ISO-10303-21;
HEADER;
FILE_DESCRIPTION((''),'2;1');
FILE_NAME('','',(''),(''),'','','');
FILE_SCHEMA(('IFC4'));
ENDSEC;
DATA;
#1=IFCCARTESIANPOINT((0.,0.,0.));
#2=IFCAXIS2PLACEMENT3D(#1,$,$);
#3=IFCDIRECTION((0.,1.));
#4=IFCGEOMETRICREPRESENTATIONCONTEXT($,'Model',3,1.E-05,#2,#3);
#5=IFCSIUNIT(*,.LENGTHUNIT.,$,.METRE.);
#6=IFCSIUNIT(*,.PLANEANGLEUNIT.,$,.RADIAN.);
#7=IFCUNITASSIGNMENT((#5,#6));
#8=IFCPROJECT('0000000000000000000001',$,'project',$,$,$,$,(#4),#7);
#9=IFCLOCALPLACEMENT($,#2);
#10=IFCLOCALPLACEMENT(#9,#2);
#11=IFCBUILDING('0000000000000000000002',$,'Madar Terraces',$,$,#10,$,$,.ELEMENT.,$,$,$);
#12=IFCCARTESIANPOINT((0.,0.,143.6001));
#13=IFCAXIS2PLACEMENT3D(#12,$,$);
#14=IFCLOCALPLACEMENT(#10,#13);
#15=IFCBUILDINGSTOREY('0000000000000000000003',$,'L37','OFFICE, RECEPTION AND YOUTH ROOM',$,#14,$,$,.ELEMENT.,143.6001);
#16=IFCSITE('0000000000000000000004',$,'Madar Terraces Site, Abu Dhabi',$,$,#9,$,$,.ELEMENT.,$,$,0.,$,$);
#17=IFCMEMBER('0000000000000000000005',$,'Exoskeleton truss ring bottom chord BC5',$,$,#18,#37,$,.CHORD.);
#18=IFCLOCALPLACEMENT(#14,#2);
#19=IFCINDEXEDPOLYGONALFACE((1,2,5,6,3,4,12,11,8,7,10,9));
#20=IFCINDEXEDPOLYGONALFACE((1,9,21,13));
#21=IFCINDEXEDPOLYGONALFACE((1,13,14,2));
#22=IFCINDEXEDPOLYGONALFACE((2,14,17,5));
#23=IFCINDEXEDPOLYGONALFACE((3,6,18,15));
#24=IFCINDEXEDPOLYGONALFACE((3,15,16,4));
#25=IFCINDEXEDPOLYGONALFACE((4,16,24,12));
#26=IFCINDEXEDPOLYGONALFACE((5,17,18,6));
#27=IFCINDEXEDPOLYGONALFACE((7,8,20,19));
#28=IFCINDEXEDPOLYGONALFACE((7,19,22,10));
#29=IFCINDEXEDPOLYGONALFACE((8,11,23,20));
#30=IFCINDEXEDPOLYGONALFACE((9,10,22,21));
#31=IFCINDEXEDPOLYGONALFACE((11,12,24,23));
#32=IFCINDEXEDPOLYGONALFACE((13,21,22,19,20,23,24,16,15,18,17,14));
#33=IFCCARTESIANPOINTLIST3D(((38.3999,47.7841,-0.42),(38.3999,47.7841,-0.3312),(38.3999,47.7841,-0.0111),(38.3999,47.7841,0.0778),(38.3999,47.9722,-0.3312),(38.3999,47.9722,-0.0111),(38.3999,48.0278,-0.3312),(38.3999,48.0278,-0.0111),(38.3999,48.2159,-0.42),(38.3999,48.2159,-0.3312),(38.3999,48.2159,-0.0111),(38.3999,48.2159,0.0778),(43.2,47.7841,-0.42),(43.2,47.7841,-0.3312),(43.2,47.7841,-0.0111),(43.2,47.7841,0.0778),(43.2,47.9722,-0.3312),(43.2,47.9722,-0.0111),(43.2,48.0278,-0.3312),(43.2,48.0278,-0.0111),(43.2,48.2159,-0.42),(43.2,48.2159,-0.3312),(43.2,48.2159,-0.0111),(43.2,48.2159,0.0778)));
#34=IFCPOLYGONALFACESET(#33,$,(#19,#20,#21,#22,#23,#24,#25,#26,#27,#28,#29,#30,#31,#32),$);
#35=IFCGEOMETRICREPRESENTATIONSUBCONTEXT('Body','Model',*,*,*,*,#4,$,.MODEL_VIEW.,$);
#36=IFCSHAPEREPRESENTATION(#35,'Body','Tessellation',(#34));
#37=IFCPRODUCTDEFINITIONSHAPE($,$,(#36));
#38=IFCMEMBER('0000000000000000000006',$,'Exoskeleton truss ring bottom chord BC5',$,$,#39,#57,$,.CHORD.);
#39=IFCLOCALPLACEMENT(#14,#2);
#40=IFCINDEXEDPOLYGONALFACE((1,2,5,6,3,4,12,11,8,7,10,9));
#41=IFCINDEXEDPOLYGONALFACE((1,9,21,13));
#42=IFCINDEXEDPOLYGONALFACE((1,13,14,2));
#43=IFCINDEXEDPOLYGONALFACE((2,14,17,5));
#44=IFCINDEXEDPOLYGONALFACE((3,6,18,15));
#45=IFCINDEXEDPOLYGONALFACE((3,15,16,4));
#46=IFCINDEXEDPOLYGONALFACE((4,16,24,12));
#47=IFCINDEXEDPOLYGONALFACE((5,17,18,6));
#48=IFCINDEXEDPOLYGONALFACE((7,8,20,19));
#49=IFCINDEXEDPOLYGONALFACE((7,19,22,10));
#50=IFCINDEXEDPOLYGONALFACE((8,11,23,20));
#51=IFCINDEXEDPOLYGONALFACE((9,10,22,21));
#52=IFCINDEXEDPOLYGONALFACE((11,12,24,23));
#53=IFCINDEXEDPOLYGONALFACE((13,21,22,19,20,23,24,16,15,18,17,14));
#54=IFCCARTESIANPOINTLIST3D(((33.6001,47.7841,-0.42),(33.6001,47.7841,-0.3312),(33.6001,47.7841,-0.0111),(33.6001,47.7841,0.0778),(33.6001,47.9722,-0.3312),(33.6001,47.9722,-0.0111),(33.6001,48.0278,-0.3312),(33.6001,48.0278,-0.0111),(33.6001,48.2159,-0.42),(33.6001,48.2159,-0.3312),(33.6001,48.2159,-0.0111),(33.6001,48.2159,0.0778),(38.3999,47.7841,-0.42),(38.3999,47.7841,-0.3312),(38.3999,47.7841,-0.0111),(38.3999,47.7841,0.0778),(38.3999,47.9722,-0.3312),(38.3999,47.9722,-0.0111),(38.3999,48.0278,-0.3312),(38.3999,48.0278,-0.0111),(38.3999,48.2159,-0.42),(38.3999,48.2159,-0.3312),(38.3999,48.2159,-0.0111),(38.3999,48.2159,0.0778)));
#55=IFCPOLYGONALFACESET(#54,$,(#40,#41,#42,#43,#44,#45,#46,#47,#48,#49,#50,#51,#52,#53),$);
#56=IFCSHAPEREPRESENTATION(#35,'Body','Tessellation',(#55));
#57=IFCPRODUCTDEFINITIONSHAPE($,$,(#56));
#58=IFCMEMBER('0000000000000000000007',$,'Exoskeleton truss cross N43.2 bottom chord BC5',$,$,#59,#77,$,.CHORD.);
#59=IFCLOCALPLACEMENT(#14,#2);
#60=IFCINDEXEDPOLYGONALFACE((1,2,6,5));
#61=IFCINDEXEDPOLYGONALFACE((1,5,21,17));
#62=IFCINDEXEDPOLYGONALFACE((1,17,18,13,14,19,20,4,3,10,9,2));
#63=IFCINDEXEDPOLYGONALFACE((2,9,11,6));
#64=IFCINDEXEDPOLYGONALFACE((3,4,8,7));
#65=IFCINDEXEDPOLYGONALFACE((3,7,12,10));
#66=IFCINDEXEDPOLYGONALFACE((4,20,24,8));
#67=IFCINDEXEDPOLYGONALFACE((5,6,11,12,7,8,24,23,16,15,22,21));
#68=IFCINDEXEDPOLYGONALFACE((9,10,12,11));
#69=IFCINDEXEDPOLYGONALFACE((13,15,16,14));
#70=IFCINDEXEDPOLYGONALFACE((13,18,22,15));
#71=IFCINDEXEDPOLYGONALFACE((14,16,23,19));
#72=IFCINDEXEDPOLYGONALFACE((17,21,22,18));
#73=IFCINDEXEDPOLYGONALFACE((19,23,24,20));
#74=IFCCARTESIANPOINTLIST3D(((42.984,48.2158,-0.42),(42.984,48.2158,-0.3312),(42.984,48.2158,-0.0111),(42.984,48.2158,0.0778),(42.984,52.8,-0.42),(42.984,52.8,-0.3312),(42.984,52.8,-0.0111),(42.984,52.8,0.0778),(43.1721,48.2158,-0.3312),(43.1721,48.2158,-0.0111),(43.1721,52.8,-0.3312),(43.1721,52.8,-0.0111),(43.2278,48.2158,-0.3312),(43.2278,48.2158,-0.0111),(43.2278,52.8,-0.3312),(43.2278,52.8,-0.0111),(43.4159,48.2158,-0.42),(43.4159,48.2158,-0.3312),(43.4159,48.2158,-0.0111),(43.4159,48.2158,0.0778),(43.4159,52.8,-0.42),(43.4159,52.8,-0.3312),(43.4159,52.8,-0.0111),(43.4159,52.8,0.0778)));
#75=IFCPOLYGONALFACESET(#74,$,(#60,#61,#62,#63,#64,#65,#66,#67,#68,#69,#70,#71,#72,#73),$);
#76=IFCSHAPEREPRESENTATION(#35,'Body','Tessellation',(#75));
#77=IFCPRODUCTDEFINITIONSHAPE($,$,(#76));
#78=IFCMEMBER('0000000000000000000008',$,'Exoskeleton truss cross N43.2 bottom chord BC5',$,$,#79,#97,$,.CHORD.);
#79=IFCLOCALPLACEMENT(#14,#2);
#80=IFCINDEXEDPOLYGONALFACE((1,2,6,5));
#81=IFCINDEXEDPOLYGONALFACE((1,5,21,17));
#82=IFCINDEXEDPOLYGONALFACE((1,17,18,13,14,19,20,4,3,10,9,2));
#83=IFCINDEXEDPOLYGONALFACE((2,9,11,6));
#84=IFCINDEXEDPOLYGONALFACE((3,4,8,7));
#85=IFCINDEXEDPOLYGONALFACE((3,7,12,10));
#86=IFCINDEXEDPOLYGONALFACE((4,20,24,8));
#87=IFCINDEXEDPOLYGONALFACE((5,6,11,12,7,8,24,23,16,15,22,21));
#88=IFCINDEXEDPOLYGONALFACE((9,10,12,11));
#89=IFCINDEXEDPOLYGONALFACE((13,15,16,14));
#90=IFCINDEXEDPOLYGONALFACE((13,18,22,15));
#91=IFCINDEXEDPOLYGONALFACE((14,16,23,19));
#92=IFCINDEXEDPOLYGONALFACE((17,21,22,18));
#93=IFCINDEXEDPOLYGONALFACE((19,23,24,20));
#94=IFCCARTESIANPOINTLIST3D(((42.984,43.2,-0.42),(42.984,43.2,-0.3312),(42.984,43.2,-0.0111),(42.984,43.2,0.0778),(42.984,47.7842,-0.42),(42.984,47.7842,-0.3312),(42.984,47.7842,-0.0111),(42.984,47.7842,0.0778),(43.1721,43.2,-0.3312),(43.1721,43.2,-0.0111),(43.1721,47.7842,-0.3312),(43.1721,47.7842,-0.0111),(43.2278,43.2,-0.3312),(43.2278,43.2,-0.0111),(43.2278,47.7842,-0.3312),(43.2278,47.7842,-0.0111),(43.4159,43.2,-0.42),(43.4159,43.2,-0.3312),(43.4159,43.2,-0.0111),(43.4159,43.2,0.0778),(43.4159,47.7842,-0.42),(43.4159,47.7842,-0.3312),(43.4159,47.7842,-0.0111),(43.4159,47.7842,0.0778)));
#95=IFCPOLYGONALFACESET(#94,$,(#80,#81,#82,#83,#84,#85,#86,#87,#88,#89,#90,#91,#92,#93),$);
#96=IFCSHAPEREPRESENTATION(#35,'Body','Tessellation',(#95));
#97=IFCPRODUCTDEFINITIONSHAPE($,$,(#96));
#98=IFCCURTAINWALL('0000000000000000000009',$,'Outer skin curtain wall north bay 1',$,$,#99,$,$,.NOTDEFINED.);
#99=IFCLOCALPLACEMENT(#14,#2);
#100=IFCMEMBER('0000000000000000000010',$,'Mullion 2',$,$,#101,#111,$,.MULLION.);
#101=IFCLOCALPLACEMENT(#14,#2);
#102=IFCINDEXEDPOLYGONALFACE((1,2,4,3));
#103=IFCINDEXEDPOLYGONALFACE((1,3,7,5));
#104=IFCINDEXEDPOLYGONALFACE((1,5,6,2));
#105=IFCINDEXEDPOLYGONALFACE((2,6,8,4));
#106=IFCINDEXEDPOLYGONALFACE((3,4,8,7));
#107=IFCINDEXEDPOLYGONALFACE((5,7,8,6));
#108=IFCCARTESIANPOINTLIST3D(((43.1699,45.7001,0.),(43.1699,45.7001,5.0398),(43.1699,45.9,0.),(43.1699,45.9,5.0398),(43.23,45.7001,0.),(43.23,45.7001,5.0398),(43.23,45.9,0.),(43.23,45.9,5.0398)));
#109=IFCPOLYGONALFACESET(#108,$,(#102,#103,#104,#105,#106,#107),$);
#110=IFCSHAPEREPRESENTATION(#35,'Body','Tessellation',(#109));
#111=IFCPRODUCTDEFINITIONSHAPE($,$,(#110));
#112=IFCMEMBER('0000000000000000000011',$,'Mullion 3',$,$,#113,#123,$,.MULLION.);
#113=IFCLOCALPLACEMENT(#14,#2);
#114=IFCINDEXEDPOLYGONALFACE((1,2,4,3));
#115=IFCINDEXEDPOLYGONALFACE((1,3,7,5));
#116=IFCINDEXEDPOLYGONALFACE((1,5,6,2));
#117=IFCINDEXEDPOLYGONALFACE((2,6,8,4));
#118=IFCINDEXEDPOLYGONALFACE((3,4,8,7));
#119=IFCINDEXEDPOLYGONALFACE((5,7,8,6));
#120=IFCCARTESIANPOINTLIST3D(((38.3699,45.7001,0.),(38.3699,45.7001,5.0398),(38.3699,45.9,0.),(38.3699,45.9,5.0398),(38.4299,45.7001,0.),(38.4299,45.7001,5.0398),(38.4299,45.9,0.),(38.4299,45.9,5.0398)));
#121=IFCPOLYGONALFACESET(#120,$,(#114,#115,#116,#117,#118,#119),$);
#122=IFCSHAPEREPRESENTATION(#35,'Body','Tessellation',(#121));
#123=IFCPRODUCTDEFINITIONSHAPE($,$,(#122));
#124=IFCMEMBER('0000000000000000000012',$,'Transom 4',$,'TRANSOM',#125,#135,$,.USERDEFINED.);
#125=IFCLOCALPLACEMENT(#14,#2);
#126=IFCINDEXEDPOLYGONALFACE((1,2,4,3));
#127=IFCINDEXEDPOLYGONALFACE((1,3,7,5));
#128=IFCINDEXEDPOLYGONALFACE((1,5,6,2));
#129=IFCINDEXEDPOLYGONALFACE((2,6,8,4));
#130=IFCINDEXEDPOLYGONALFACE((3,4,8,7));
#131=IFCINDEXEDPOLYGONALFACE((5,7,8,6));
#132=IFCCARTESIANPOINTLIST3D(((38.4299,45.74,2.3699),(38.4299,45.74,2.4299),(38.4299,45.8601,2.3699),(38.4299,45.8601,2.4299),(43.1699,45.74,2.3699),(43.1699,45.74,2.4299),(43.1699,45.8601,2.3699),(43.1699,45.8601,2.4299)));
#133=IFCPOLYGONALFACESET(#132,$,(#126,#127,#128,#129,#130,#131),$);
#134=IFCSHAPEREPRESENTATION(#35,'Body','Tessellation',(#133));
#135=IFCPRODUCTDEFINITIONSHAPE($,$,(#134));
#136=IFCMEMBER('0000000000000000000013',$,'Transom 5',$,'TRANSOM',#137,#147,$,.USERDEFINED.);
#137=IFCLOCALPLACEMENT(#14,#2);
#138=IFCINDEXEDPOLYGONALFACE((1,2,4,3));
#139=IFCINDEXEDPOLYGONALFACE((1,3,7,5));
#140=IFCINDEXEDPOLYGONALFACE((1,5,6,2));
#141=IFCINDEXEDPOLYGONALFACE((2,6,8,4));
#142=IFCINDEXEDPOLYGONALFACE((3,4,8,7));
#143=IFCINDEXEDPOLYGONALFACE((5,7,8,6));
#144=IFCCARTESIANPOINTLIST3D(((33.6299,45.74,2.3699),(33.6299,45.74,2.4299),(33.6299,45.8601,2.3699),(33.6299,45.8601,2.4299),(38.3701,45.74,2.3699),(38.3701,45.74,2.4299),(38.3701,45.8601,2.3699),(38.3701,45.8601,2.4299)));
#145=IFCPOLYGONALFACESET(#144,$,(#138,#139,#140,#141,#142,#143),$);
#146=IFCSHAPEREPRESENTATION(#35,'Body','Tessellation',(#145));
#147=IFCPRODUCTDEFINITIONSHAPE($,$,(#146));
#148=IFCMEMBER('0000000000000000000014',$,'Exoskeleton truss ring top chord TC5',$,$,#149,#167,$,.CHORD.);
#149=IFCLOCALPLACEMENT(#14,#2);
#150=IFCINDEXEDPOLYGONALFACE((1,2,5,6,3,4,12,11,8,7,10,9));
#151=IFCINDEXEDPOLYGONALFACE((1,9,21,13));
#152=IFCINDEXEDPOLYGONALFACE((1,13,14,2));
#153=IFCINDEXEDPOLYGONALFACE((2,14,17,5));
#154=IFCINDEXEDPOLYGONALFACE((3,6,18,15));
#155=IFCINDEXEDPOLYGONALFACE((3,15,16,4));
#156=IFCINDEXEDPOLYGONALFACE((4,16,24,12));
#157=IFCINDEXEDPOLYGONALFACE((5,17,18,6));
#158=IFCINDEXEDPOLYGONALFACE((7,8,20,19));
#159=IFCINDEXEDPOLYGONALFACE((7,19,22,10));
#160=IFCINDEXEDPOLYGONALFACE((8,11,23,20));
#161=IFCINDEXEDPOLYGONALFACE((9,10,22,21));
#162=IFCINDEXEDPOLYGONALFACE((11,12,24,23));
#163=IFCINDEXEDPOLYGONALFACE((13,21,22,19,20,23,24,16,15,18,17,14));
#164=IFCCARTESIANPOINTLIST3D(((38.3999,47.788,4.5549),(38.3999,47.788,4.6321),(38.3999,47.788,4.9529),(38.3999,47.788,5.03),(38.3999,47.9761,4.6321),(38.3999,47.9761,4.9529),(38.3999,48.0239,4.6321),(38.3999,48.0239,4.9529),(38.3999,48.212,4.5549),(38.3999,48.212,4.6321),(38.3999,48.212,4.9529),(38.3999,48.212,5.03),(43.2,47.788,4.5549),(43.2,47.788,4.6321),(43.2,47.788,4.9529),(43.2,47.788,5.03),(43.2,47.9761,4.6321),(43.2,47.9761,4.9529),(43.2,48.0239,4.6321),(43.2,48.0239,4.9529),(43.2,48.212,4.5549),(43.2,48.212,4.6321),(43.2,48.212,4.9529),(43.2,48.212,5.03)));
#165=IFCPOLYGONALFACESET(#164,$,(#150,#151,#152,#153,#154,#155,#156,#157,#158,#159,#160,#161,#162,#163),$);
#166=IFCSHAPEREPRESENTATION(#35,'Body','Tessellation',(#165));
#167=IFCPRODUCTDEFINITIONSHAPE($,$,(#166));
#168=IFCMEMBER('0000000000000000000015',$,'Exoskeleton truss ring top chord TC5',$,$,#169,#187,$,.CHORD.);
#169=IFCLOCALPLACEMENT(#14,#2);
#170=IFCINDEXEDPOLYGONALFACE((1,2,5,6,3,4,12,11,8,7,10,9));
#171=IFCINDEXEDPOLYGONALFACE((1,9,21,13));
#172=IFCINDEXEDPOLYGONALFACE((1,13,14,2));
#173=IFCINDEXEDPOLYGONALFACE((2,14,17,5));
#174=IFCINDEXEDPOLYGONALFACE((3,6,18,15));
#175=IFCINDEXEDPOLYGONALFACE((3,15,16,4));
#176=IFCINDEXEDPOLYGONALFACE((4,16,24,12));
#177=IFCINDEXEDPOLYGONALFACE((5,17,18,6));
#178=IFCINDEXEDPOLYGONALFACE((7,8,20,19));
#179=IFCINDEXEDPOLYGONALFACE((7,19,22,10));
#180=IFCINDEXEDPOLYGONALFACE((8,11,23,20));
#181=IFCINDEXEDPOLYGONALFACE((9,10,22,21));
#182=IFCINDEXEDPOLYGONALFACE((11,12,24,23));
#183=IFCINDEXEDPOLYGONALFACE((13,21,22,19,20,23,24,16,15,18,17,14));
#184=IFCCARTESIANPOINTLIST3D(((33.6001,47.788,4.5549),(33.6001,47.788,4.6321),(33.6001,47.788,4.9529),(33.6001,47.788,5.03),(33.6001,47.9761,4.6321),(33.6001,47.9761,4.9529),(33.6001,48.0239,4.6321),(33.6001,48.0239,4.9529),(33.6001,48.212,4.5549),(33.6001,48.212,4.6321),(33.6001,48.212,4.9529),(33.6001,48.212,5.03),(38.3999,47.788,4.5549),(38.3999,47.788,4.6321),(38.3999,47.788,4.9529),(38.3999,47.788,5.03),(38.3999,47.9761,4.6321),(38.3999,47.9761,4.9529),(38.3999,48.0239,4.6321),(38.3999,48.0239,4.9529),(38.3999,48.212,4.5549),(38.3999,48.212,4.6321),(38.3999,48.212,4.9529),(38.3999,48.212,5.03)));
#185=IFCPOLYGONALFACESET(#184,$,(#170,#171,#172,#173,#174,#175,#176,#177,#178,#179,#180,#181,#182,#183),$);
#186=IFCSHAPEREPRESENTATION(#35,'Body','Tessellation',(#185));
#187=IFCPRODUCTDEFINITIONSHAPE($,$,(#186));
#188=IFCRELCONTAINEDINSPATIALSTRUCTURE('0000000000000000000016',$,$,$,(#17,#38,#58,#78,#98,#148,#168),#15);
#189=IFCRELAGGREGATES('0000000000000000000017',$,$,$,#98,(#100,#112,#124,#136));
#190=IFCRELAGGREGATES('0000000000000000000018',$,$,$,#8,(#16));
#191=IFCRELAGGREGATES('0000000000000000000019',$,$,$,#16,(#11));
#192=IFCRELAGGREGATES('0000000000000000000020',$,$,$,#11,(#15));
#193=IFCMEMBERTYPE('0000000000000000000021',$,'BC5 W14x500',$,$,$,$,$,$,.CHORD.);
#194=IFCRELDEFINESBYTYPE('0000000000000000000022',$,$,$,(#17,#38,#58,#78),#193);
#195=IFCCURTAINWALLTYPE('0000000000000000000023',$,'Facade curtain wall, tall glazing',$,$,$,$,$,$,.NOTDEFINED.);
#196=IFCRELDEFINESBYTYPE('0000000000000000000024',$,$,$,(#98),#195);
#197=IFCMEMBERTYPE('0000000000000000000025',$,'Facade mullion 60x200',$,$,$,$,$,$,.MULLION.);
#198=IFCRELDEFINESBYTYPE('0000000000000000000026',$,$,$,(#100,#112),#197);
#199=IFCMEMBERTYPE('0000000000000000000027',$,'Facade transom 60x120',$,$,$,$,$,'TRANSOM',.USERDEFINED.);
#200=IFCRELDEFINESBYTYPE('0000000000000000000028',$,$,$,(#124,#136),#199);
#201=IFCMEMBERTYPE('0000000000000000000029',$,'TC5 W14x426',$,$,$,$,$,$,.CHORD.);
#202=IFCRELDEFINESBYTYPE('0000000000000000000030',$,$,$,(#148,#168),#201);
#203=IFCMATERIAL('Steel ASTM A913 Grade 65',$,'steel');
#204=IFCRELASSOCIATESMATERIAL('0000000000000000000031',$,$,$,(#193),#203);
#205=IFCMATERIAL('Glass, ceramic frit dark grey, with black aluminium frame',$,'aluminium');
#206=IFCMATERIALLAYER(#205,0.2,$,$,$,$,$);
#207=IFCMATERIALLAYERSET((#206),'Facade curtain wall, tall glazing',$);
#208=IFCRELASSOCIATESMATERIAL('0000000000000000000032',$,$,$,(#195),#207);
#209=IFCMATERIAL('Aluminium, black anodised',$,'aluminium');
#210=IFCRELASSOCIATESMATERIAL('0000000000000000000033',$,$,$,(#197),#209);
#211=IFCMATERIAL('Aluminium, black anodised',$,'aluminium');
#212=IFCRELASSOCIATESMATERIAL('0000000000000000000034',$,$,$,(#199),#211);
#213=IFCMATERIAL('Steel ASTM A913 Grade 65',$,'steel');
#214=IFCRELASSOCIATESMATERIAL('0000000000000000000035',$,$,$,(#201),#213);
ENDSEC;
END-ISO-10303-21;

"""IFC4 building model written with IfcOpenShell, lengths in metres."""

from ifc_helpers import new_model, si_unit, direction, frame, origin, origin_2d, place, context, subcontext, project, spatial, rectangle, i_section, extrude, material, layer, layer_set, material_profile, profile_set, type_object, element, aggregate, save


model = new_model("IFC4")

# Units and contexts
model_context = context("Model", 3, precision=1e-05, world=origin(), true_north=direction((0.0, 1.0)))
body_context = subcontext(model_context, "Body", "Model", "MODEL_VIEW")
ifc_project = project(units=[si_unit("LENGTHUNIT", "METRE"), si_unit("PLANEANGLEUNIT", "RADIAN")], contexts=[model_context])

# Site, building, storey
site_placement = place(None, origin())
site = spatial("IfcSite", under=ifc_project, at=site_placement, Name="Madar Terraces Site, Abu Dhabi", CompositionType="ELEMENT", RefElevation=0.0)
building_placement = place(site_placement, origin())
building = spatial("IfcBuilding", under=site, at=building_placement, Name="Madar Terraces", CompositionType="ELEMENT")
storey_placement = place(building_placement, frame((0.0, 0.0, 143.6001)))
storey = spatial("IfcBuildingStorey", under=building, at=storey_placement, Name="L37", Description="OFFICE, RECEPTION AND YOUTH ROOM", CompositionType="ELEMENT", Elevation=143.6001)

# Members
ifc_material_1 = material(Name="Steel ASTM A913 Grade 65", Category="steel")
ifc_material_profile_1 = material_profile(ifc_material_1, i_section(OverallWidth=0.4319, OverallDepth=0.4978, WebThickness=0.0557, FlangeThickness=0.0889, at=origin_2d()), Name="W14x500")
ifc_profile_set_1 = profile_set([ifc_material_profile_1], Name="Steel ASTM A913 Grade 65")
member_type_1 = type_object("IfcMemberType", Name="BC5 W14x500", PredefinedType="CHORD", material=ifc_profile_set_1)
member_1_placement = place(storey_placement, frame((43.2, 48.0, -0.1711), z_axis=(-1.0, 0.0, 0.0), x_axis=(0.0, -1.0, 0.0)))
element("IfcMember", 1, at=member_1_placement, inside=storey, type_object=member_type_1, Name="Exoskeleton truss ring bottom chord BC5", PredefinedType="CHORD", context=body_context, shape_type="SweptSolid", body=[
    extrude(i_section(OverallWidth=0.4319, OverallDepth=0.4978, WebThickness=0.0557, FlangeThickness=0.0889, at=origin_2d()), origin(), (0.0, 0.0, 1.0), 4.8),
])
member_2_placement = place(storey_placement, frame((38.3999, 48.0, -0.1711), z_axis=(-1.0, 0.0, 0.0), x_axis=(0.0, -1.0, 0.0)))
element("IfcMember", 2, at=member_2_placement, inside=storey, type_object=member_type_1, Name="Exoskeleton truss ring bottom chord BC5", PredefinedType="CHORD", context=body_context, shape_type="SweptSolid", body=[
    extrude(i_section(OverallWidth=0.4319, OverallDepth=0.4978, WebThickness=0.0557, FlangeThickness=0.0889, at=origin_2d()), origin(), (0.0, 0.0, 1.0), 4.7998),
])
for number, where, z_axis, x_axis, name in (
    (3, (43.2, 52.8, -0.1711), (0.0, -1.0, 0.0), (1.0, 0.0, 0.0), "Exoskeleton truss cross N43.2 bottom chord BC5"),
    (4, (43.2, 47.7842, -0.1711), (0.0, -1.0, 0.0), (1.0, 0.0, 0.0), "Exoskeleton truss cross N43.2 bottom chord BC5"),
):
    element("IfcMember", number, at=place(storey_placement, frame(where, z_axis=z_axis, x_axis=x_axis)), inside=storey, type_object=member_type_1, Name=name, PredefinedType="CHORD", context=body_context, shape_type="SweptSolid", body=[
        extrude(i_section(OverallWidth=0.4319, OverallDepth=0.4978, WebThickness=0.0557, FlangeThickness=0.0889, at=origin_2d()), origin(), (0.0, 0.0, 1.0), 4.5842),
    ])

# Curtain wall, members
ifc_material_2 = material(Name="Glass, ceramic frit dark grey, with black aluminium frame", Category="aluminium")
ifc_layer_1 = layer(ifc_material_2, 0.2)
ifc_layer_set_1 = layer_set([ifc_layer_1], Name="Facade curtain wall, tall glazing")
curtain_wall_type = type_object("IfcCurtainWallType", Name="Facade curtain wall, tall glazing", PredefinedType="NOTDEFINED", material=ifc_layer_set_1)
curtain_wall_placement = place(storey_placement, origin())
curtain_wall = element("IfcCurtainWall", 5, at=curtain_wall_placement, inside=storey, type_object=curtain_wall_type, Name="Outer skin curtain wall north bay 1", PredefinedType="NOTDEFINED")
ifc_material_3 = material(Name="Aluminium, black anodised", Category="aluminium")
ifc_material_profile_2 = material_profile(ifc_material_3, rectangle(XDim=0.2, YDim=0.0601, at=origin_2d()), Name="Facade mullion 60x200")
ifc_profile_set_2 = profile_set([ifc_material_profile_2], Name="Aluminium, black anodised")
member_type_2 = type_object("IfcMemberType", Name="Facade mullion 60x200", PredefinedType="MULLION", material=ifc_profile_set_2)
member_3_placement = place(storey_placement, frame((43.2, 45.8, 0.0), z_axis=(0.0, 0.0, 1.0), x_axis=(0.0, -1.0, 0.0)))
member_3 = element("IfcMember", 6, at=member_3_placement, type_object=member_type_2, Name="Mullion 2", PredefinedType="MULLION", context=body_context, shape_type="SweptSolid", body=[
    extrude(rectangle(XDim=0.2, YDim=0.0601, at=origin_2d()), origin(), (0.0, 0.0, 1.0), 5.0398),
])
member_4_placement = place(storey_placement, frame((38.3999, 45.8, 0.0), z_axis=(0.0, 0.0, 1.0), x_axis=(0.0, -1.0, 0.0)))
member_4 = element("IfcMember", 7, at=member_4_placement, type_object=member_type_2, Name="Mullion 3", PredefinedType="MULLION", context=body_context, shape_type="SweptSolid", body=[
    extrude(rectangle(XDim=0.2, YDim=0.0601, at=origin_2d()), origin(), (0.0, 0.0, 1.0), 5.0398),
])
ifc_material_4 = material(Name="Aluminium, black anodised", Category="aluminium")
ifc_material_profile_3 = material_profile(ifc_material_4, rectangle(XDim=0.1201, YDim=0.0601, at=origin_2d()), Name="Facade transom 60x120")
ifc_profile_set_3 = profile_set([ifc_material_profile_3], Name="Aluminium, black anodised")
member_type_3 = type_object("IfcMemberType", Name="Facade transom 60x120", ElementType="TRANSOM", PredefinedType="USERDEFINED", material=ifc_profile_set_3)
member_5_placement = place(storey_placement, frame((43.1699, 45.8, 2.3999), z_axis=(-1.0, 0.0, 0.0), x_axis=(0.0, -1.0, 0.0)))
member_5 = element("IfcMember", 8, at=member_5_placement, type_object=member_type_3, Name="Transom 4", ObjectType="TRANSOM", PredefinedType="USERDEFINED", context=body_context, shape_type="SweptSolid", body=[
    extrude(rectangle(XDim=0.1201, YDim=0.0601, at=origin_2d()), origin(), (0.0, 0.0, 1.0), 4.74),
])
member_6_placement = place(storey_placement, frame((38.3701, 45.8, 2.3999), z_axis=(-1.0, 0.0, 0.0), x_axis=(0.0, -1.0, 0.0)))
member_6 = element("IfcMember", 9, at=member_6_placement, type_object=member_type_3, Name="Transom 5", ObjectType="TRANSOM", PredefinedType="USERDEFINED", context=body_context, shape_type="SweptSolid", body=[
    extrude(rectangle(XDim=0.1201, YDim=0.0601, at=origin_2d()), origin(), (0.0, 0.0, 1.0), 4.7402),
])

# Members
ifc_material_5 = material(Name="Steel ASTM A913 Grade 65", Category="steel")
ifc_material_profile_4 = material_profile(ifc_material_5, i_section(OverallWidth=0.4241, OverallDepth=0.4751, WebThickness=0.0479, FlangeThickness=0.0771, at=origin_2d()), Name="W14x426")
ifc_profile_set_4 = profile_set([ifc_material_profile_4], Name="Steel ASTM A913 Grade 65")
member_type_4 = type_object("IfcMemberType", Name="TC5 W14x426", PredefinedType="CHORD", material=ifc_profile_set_4)
member_7_placement = place(storey_placement, frame((43.2, 48.0, 4.7925), z_axis=(-1.0, 0.0, 0.0), x_axis=(0.0, -1.0, 0.0)))
element("IfcMember", 10, at=member_7_placement, inside=storey, type_object=member_type_4, Name="Exoskeleton truss ring top chord TC5", PredefinedType="CHORD", context=body_context, shape_type="SweptSolid", body=[
    extrude(i_section(OverallWidth=0.4241, OverallDepth=0.4751, WebThickness=0.0479, FlangeThickness=0.0771, at=origin_2d()), origin(), (0.0, 0.0, 1.0), 4.8),
])
member_8_placement = place(storey_placement, frame((38.3999, 48.0, 4.7925), z_axis=(-1.0, 0.0, 0.0), x_axis=(0.0, -1.0, 0.0)))
element("IfcMember", 11, at=member_8_placement, inside=storey, type_object=member_type_4, Name="Exoskeleton truss ring top chord TC5", PredefinedType="CHORD", context=body_context, shape_type="SweptSolid", body=[
    extrude(i_section(OverallWidth=0.4241, OverallDepth=0.4751, WebThickness=0.0479, FlangeThickness=0.0771, at=origin_2d()), origin(), (0.0, 0.0, 1.0), 4.7998),
])

aggregate(curtain_wall, [member_3, member_4, member_5, member_6])

save(model, "model.ifc")
